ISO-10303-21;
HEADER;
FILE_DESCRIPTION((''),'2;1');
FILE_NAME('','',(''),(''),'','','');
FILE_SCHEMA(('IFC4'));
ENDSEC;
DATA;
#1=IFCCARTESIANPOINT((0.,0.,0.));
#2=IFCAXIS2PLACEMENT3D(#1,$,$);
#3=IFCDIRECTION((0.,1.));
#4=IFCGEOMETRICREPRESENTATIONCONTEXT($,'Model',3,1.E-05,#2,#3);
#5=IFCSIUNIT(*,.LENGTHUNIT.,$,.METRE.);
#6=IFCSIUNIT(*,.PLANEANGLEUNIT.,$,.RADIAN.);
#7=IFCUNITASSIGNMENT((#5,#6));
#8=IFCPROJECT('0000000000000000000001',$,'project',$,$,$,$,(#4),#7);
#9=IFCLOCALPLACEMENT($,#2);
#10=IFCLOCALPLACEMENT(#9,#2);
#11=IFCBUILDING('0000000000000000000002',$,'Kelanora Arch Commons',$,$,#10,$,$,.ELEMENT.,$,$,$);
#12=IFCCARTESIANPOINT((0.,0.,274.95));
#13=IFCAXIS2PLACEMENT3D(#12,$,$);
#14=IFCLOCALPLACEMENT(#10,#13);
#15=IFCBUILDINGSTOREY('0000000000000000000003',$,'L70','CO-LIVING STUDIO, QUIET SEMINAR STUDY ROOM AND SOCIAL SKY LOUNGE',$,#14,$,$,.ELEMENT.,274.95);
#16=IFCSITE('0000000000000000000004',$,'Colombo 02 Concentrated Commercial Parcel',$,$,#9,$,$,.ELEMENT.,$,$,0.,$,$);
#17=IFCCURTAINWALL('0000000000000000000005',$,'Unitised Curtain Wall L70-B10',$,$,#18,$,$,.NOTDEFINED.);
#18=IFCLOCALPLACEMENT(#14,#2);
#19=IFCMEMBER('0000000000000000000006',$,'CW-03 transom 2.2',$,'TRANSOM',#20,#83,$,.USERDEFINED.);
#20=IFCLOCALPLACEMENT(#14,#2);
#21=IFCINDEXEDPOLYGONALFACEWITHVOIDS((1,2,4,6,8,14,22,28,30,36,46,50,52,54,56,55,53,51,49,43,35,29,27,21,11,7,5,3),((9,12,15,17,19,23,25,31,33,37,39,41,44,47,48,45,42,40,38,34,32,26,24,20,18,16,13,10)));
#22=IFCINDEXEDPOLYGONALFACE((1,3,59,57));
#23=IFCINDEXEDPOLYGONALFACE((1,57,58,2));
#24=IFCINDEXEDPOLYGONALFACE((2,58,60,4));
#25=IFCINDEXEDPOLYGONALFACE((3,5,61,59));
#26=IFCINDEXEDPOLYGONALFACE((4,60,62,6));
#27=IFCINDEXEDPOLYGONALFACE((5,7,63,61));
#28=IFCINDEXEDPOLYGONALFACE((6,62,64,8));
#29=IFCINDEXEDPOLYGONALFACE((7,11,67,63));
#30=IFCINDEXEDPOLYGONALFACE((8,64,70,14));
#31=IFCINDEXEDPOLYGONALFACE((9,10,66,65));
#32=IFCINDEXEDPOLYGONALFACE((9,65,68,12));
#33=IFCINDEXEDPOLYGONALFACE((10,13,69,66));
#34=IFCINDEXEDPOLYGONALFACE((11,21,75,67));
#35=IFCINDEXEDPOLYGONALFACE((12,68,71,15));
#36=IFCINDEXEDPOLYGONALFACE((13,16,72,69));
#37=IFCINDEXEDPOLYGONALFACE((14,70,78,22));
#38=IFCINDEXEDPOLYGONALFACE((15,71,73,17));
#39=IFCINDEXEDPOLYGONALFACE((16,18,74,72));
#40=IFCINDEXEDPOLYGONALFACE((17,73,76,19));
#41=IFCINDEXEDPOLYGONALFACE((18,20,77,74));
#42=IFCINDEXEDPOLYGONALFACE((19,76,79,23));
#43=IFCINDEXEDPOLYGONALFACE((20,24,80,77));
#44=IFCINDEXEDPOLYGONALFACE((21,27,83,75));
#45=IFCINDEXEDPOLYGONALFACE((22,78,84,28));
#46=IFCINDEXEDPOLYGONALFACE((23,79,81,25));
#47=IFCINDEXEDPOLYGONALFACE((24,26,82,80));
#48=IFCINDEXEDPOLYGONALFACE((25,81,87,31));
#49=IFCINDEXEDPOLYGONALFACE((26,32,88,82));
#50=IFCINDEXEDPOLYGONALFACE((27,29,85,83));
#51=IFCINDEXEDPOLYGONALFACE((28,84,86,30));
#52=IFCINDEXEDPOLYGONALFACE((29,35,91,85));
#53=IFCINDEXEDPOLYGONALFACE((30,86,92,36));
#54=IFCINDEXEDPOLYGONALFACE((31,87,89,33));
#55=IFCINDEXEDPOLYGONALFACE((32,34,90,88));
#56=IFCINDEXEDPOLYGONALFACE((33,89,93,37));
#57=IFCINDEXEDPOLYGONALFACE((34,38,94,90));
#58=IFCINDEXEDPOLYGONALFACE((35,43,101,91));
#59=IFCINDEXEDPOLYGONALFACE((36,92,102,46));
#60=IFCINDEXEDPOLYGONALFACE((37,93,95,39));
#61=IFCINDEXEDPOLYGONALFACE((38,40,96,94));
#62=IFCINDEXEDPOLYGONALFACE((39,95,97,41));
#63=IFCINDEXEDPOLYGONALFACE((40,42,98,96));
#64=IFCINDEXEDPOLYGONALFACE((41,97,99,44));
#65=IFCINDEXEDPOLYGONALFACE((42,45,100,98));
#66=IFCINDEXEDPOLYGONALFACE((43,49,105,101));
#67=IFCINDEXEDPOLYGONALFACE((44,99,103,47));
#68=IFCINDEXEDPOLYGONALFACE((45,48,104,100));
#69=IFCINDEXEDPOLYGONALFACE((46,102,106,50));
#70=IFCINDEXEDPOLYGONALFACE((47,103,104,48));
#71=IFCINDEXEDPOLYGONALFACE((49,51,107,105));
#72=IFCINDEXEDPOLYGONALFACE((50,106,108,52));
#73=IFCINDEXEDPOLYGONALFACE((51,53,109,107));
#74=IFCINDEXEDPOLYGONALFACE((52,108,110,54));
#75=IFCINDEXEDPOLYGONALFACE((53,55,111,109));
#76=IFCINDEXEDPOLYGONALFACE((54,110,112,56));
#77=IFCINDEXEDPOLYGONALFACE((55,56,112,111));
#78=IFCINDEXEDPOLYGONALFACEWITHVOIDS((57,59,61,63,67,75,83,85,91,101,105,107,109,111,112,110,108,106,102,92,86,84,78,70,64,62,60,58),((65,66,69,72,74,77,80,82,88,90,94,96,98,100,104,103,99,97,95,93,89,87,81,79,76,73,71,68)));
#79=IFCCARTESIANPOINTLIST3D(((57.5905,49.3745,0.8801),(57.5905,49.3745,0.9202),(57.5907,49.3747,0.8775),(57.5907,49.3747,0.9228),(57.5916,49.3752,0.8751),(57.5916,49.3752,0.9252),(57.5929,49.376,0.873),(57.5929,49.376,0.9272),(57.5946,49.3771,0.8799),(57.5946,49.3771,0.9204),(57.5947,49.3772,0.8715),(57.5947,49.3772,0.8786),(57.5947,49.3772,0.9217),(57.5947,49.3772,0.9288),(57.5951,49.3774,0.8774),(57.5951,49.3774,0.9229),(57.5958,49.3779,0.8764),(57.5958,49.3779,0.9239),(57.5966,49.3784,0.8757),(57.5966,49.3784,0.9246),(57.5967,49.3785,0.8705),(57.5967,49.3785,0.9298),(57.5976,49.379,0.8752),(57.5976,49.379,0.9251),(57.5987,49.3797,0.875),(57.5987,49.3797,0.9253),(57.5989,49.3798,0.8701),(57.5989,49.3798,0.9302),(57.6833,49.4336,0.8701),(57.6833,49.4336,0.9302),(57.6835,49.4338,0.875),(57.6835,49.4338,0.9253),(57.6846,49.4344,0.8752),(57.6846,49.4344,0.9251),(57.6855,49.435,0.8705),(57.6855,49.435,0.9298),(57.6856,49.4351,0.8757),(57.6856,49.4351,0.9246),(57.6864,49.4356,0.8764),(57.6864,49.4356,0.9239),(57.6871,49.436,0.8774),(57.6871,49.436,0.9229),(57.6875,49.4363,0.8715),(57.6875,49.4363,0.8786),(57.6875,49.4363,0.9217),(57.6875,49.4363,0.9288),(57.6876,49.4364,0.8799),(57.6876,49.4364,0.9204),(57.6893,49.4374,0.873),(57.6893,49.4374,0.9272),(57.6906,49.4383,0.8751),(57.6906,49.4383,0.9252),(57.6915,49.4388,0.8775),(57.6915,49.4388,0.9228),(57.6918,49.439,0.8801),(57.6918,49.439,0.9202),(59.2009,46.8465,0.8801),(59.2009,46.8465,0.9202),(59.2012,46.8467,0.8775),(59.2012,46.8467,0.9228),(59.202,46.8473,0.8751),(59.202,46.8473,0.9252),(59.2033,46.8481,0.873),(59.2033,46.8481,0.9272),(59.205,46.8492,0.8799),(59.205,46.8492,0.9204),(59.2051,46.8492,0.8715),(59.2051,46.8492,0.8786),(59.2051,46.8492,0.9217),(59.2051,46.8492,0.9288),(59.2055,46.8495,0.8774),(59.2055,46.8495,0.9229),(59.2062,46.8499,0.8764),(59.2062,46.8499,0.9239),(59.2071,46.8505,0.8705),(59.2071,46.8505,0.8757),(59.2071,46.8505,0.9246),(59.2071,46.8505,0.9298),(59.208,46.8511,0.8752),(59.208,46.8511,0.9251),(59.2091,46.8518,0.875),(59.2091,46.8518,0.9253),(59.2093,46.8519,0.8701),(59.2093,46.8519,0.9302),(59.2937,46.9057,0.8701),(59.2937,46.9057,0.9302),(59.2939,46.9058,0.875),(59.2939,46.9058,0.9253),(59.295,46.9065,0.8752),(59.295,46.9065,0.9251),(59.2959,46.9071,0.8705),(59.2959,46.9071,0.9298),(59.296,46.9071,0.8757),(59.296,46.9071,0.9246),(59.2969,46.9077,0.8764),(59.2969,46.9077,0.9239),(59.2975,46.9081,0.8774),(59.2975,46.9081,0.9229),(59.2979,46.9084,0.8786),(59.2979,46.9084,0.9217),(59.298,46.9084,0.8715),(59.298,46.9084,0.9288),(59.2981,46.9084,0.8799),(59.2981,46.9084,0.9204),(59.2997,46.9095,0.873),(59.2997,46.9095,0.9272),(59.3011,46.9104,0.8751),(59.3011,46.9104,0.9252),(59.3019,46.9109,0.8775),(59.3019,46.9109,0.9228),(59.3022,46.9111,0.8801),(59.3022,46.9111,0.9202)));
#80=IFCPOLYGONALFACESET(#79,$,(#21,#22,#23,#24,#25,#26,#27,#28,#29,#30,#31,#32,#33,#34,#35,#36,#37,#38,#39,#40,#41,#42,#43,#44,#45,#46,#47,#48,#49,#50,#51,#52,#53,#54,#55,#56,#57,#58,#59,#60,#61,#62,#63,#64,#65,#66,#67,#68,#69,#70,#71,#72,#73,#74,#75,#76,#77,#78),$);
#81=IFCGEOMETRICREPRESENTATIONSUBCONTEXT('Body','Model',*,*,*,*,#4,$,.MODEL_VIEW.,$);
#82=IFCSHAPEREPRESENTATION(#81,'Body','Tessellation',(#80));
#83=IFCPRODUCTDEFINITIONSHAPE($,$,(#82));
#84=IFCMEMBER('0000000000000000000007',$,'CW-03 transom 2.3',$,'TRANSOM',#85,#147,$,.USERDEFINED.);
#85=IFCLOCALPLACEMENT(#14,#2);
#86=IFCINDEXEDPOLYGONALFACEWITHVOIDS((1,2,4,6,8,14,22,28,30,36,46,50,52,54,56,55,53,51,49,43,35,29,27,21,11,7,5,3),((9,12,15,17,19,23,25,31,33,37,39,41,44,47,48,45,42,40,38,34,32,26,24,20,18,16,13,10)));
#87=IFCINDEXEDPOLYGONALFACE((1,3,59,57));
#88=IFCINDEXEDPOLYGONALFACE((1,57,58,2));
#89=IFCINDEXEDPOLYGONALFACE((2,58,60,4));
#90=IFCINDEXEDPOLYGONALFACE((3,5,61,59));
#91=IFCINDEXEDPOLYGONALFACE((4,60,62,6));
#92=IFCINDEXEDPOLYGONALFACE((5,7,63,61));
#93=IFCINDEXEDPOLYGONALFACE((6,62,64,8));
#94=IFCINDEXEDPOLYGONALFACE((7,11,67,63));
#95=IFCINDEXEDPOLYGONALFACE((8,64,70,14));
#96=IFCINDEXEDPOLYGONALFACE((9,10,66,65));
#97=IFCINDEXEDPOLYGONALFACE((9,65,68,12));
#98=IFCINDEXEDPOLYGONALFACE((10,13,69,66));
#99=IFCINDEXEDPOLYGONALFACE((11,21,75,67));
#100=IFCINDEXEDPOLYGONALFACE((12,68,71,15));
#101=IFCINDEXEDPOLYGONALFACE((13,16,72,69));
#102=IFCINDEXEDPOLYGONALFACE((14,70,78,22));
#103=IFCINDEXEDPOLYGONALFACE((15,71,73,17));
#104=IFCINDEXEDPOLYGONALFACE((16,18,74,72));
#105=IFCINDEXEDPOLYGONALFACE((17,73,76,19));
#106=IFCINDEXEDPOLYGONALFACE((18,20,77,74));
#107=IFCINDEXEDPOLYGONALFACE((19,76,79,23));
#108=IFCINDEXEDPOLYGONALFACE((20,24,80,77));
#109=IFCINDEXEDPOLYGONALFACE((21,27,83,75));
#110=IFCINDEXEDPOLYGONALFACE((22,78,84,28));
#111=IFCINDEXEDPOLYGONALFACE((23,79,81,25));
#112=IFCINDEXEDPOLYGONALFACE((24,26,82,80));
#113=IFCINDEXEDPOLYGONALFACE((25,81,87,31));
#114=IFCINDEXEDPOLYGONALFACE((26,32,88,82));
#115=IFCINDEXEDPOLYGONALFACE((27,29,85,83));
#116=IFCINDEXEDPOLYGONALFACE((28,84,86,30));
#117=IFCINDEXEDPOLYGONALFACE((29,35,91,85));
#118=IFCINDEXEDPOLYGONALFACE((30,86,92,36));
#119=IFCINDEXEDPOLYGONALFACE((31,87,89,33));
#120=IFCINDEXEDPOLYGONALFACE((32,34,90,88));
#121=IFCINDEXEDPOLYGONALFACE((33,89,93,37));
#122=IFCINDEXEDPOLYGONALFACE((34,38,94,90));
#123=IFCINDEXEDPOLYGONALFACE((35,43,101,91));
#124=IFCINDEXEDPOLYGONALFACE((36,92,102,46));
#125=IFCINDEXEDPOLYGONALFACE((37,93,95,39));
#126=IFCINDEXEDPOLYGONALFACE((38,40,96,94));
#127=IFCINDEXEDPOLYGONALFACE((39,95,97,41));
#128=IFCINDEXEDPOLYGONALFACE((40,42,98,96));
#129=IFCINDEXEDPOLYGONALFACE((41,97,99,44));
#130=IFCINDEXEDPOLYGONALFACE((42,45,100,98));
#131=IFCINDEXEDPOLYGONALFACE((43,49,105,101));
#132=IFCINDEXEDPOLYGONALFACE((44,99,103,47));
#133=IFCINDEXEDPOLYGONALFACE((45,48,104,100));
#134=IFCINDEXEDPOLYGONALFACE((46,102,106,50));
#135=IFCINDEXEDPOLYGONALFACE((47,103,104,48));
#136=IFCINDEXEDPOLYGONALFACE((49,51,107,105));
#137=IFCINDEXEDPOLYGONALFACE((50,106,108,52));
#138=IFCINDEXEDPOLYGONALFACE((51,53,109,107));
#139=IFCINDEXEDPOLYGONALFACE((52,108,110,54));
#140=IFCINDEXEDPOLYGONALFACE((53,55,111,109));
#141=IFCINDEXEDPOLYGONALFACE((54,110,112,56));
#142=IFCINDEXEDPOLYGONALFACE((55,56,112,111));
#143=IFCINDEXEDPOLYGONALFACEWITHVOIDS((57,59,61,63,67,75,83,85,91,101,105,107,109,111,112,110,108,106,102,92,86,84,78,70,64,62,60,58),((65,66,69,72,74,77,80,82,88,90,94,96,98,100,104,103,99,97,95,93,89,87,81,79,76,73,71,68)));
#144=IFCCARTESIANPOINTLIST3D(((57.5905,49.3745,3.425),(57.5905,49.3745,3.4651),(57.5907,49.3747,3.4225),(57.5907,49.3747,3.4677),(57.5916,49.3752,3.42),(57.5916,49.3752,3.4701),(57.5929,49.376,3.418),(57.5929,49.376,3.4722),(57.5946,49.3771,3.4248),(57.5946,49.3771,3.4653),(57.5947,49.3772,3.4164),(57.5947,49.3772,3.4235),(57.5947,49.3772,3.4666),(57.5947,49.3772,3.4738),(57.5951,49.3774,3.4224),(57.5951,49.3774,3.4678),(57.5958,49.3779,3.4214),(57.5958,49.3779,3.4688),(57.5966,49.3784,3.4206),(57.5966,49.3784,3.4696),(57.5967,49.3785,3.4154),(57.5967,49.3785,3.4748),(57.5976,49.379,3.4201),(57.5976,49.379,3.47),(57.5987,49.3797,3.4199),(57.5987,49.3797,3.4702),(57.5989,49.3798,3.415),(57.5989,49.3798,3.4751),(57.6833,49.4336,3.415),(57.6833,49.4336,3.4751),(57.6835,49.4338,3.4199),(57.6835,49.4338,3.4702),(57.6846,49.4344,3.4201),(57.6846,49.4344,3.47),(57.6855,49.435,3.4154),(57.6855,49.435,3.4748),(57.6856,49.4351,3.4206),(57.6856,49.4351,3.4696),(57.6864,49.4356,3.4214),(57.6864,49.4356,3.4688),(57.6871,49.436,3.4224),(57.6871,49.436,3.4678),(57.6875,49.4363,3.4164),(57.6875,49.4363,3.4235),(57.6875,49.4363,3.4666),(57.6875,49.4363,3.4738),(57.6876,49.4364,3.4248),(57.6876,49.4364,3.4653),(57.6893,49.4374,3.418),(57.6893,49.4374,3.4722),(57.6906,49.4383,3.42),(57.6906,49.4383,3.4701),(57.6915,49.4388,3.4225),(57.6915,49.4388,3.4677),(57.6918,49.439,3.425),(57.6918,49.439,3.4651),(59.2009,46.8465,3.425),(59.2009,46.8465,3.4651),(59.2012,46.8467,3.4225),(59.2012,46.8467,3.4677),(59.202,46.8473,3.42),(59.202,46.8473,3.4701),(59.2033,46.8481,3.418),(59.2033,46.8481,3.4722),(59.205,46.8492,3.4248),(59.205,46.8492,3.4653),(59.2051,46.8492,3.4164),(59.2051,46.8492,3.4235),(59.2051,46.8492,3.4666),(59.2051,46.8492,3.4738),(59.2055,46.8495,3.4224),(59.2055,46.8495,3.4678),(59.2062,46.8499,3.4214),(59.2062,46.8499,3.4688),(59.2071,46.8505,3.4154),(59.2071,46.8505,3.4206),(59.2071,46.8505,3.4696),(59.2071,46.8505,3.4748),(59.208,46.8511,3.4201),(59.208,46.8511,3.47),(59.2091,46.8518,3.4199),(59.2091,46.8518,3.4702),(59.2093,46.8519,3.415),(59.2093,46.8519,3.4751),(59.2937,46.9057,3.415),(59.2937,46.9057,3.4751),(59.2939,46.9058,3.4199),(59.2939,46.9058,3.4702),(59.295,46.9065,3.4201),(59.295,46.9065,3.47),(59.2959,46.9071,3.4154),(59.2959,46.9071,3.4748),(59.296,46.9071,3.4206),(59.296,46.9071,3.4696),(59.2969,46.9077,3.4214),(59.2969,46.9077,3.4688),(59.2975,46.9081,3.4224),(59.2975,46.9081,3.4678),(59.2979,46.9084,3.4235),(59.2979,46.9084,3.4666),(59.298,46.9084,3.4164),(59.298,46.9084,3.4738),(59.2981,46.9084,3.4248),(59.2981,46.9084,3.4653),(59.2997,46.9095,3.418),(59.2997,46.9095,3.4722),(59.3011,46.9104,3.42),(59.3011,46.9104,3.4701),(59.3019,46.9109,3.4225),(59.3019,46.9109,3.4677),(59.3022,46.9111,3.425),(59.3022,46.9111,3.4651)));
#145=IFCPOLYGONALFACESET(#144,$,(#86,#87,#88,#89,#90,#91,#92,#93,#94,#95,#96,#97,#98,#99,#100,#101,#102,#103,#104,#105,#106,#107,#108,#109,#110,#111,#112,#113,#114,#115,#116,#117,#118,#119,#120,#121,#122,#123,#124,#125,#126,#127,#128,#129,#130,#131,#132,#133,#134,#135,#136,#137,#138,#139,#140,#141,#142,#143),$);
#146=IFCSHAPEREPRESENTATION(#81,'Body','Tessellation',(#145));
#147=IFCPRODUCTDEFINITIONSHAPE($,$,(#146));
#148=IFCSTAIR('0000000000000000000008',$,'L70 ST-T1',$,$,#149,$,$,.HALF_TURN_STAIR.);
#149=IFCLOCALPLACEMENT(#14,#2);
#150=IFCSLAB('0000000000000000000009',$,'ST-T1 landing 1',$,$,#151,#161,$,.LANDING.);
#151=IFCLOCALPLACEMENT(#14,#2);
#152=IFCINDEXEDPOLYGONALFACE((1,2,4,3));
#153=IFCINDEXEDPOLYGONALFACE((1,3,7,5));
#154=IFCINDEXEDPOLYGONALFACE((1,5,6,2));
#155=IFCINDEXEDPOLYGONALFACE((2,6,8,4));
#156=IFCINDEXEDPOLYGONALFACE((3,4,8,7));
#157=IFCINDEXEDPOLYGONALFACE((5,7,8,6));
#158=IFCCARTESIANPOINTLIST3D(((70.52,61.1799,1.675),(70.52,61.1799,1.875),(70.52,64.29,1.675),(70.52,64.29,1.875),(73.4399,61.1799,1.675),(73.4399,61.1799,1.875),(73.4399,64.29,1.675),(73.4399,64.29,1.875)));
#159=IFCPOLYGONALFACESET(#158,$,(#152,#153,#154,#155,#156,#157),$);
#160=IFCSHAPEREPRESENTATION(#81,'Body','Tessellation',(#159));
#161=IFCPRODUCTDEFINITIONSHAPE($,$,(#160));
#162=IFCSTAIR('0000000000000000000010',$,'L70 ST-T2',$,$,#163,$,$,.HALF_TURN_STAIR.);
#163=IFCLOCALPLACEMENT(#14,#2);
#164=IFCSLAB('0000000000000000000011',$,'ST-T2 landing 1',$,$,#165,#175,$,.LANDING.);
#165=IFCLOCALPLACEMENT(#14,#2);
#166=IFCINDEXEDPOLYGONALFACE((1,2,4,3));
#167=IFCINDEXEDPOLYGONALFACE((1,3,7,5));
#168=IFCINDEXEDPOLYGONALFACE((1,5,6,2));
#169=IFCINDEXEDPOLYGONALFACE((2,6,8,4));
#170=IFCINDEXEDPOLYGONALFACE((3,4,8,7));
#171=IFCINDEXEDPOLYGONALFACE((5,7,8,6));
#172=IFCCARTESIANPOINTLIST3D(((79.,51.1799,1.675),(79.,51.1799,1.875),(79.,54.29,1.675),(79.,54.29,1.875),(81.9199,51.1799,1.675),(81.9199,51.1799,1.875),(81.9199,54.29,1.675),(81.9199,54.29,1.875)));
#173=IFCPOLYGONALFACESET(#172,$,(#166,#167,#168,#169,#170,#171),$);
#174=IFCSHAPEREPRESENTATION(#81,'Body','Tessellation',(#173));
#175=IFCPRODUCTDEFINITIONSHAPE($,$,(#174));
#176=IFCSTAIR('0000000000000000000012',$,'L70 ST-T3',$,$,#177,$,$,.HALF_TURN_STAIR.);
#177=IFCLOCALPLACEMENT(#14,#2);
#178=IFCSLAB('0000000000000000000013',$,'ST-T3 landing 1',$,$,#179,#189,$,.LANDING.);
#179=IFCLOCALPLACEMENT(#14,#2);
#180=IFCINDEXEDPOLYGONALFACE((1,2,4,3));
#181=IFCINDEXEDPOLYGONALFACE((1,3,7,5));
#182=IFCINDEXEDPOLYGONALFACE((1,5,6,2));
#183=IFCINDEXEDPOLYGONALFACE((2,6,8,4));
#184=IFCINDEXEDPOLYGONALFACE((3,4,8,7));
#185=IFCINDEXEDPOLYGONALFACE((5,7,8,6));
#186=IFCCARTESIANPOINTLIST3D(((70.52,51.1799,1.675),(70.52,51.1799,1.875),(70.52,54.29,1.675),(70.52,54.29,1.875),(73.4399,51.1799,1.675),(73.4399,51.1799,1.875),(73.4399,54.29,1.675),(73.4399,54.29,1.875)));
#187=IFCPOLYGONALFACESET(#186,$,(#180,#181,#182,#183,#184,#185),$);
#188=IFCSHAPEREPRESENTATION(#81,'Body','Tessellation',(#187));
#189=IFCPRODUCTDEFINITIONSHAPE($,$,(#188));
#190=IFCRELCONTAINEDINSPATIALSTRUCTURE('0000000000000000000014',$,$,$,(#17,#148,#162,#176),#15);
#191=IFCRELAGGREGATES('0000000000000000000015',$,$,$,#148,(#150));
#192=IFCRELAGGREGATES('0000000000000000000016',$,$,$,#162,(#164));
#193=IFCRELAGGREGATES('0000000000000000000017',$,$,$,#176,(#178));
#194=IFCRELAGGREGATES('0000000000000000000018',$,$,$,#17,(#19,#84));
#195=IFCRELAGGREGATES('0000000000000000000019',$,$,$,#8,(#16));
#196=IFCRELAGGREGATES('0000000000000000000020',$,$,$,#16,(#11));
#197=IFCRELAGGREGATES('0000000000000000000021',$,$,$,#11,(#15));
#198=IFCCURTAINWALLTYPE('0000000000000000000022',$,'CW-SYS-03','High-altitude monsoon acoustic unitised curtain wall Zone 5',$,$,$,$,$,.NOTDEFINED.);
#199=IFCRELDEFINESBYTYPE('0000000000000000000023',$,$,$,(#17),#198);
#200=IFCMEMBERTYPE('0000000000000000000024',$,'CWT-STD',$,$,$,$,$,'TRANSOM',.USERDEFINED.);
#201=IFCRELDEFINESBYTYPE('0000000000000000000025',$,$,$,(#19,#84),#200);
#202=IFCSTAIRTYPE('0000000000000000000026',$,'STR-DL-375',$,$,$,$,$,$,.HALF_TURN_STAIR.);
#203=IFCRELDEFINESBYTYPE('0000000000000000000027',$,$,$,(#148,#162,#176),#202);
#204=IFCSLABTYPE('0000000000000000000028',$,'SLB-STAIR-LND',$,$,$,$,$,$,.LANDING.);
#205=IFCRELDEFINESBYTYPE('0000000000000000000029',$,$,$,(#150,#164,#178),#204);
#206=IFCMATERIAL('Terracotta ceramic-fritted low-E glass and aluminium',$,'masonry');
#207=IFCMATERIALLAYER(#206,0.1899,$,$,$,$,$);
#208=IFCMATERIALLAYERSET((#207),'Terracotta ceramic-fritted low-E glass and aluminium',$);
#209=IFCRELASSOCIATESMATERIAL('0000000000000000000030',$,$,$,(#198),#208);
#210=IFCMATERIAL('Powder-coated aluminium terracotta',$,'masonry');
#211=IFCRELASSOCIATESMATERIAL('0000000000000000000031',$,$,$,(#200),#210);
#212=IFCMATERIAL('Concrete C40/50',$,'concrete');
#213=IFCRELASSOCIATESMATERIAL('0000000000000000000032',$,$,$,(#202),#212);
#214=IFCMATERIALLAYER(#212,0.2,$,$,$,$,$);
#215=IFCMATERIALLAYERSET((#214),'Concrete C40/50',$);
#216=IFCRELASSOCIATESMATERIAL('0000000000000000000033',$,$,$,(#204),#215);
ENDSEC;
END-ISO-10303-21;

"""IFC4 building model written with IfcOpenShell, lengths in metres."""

from ifc_helpers import new_model, si_unit, direction, frame, origin, origin_2d, place, context, subcontext, project, spatial, polyline, hollow_rectangle, outline, extrude, material, layer, layer_set, material_profile, profile_set, type_object, element, aggregate, save


model = new_model("IFC4")

# Units and contexts
model_context = context("Model", 3, precision=1e-05, world=origin(), true_north=direction((0.0, 1.0)))
body_context = subcontext(model_context, "Body", "Model", "MODEL_VIEW")
ifc_project = project(units=[si_unit("LENGTHUNIT", "METRE"), si_unit("PLANEANGLEUNIT", "RADIAN")], contexts=[model_context])

# Site, building, storey
site_placement = place(None, origin())
site = spatial("IfcSite", under=ifc_project, at=site_placement, Name="Colombo 02 Concentrated Commercial Parcel", CompositionType="ELEMENT", RefElevation=0.0)
building_placement = place(site_placement, origin())
building = spatial("IfcBuilding", under=site, at=building_placement, Name="Kelanora Arch Commons", CompositionType="ELEMENT")
storey_placement = place(building_placement, frame((0.0, 0.0, 274.95)))
storey = spatial("IfcBuildingStorey", under=building, at=storey_placement, Name="L70", Description="CO-LIVING STUDIO, QUIET SEMINAR STUDY ROOM AND SOCIAL SKY LOUNGE", CompositionType="ELEMENT", Elevation=274.95)

# Curtain wall, members
ifc_material_1 = material(Name="Terracotta ceramic-fritted low-E glass and aluminium", Category="masonry")
ifc_layer_1 = layer(ifc_material_1, 0.1899)
ifc_layer_set_1 = layer_set([ifc_layer_1], Name="Terracotta ceramic-fritted low-E glass and aluminium")
curtain_wall_type = type_object("IfcCurtainWallType", Name="CW-SYS-03", Description="High-altitude monsoon acoustic unitised curtain wall Zone 5", PredefinedType="NOTDEFINED", material=ifc_layer_set_1)
curtain_wall_placement = place(storey_placement, origin())
curtain_wall = element("IfcCurtainWall", 1, at=curtain_wall_placement, inside=storey, type_object=curtain_wall_type, Name="Unitised Curtain Wall L70-B10", PredefinedType="NOTDEFINED")
ifc_material_2 = material(Name="Powder-coated aluminium terracotta", Category="masonry")
ifc_material_profile_1 = material_profile(ifc_material_2, hollow_rectangle(XDim=0.1201, YDim=0.0601, WallThickness=0.0049, InnerFilletRadius=0.0049, OuterFilletRadius=0.01, at=origin_2d()), Name="CWT120x60")
ifc_profile_set_1 = profile_set([ifc_material_profile_1], Name="Powder-coated aluminium terracotta")
member_type_1 = type_object("IfcMemberType", Name="CWT-STD", ElementType="TRANSOM", PredefinedType="USERDEFINED", material=ifc_profile_set_1)
member_1_placement = place(storey_placement, frame((57.6411, 49.4067, 0.9001), z_axis=(0.537287, -0.8434, 0.0), x_axis=(0.8434, 0.537287, 0.0)))
member_1 = element("IfcMember", 2, at=member_1_placement, type_object=member_type_1, Name="CW-03 transom 2.2", ObjectType="TRANSOM", PredefinedType="USERDEFINED", context=body_context, shape_type="SweptSolid", body=[
    extrude(hollow_rectangle(XDim=0.1201, YDim=0.0601, WallThickness=0.0049, InnerFilletRadius=0.0049, OuterFilletRadius=0.01, at=origin_2d()), origin(), (0.0, 0.0, 1.0), 2.9973),
])
member_2_placement = place(storey_placement, frame((57.6411, 49.4067, 3.4451), z_axis=(0.537287, -0.8434, 0.0), x_axis=(0.8434, 0.537287, 0.0)))
member_2 = element("IfcMember", 3, at=member_2_placement, type_object=member_type_1, Name="CW-03 transom 2.3", ObjectType="TRANSOM", PredefinedType="USERDEFINED", context=body_context, shape_type="SweptSolid", body=[
    extrude(hollow_rectangle(XDim=0.1201, YDim=0.0601, WallThickness=0.0049, InnerFilletRadius=0.0049, OuterFilletRadius=0.01, at=origin_2d()), origin(), (0.0, 0.0, 1.0), 2.9973),
])

# Stairs, slabs
ifc_material_3 = material(Name="Concrete C40/50", Category="concrete")
stair_type = type_object("IfcStairType", Name="STR-DL-375", PredefinedType="HALF_TURN_STAIR", material=ifc_material_3)
stair_1_placement = place(storey_placement, origin())
stair_1 = element("IfcStair", 4, at=stair_1_placement, inside=storey, type_object=stair_type, Name="L70 ST-T1", PredefinedType="HALF_TURN_STAIR")
ifc_layer_2 = layer(ifc_material_3, 0.2)
ifc_layer_set_2 = layer_set([ifc_layer_2], Name="Concrete C40/50")
slab_type_1 = type_object("IfcSlabType", Name="SLB-STAIR-LND", PredefinedType="LANDING", material=ifc_layer_set_2)
slab_1_placement = place(storey_placement, frame((0.0, 0.0, 1.675)))
slab_1 = element("IfcSlab", 5, at=slab_1_placement, type_object=slab_type_1, Name="ST-T1 landing 1", PredefinedType="LANDING", context=body_context, shape_type="SweptSolid", body=[
    extrude(outline(polyline([(70.52, 61.1799), (73.4399, 61.1799), (73.4399, 64.29), (70.52, 64.29), (70.52, 61.1799)])), origin(), (0.0, 0.0, 1.0), 0.2),
])
aggregate(stair_1, [slab_1])
stair_2_placement = place(storey_placement, origin())
stair_2 = element("IfcStair", 6, at=stair_2_placement, inside=storey, type_object=stair_type, Name="L70 ST-T2", PredefinedType="HALF_TURN_STAIR")
slab_2_placement = place(storey_placement, frame((0.0, 0.0, 1.675)))
slab_2 = element("IfcSlab", 7, at=slab_2_placement, type_object=slab_type_1, Name="ST-T2 landing 1", PredefinedType="LANDING", context=body_context, shape_type="SweptSolid", body=[
    extrude(outline(polyline([(79.0, 51.1799), (81.9199, 51.1799), (81.9199, 54.29), (79.0, 54.29), (79.0, 51.1799)])), origin(), (0.0, 0.0, 1.0), 0.2),
])
aggregate(stair_2, [slab_2])
stair_3_placement = place(storey_placement, origin())
stair_3 = element("IfcStair", 8, at=stair_3_placement, inside=storey, type_object=stair_type, Name="L70 ST-T3", PredefinedType="HALF_TURN_STAIR")
slab_3_placement = place(storey_placement, frame((0.0, 0.0, 1.675)))
slab_3 = element("IfcSlab", 9, at=slab_3_placement, type_object=slab_type_1, Name="ST-T3 landing 1", PredefinedType="LANDING", context=body_context, shape_type="SweptSolid", body=[
    extrude(outline(polyline([(70.52, 51.1799), (73.4399, 51.1799), (73.4399, 54.29), (70.52, 54.29), (70.52, 51.1799)])), origin(), (0.0, 0.0, 1.0), 0.2),
])
aggregate(stair_3, [slab_3])

aggregate(curtain_wall, [member_1, member_2])

save(model, "model.ifc")
